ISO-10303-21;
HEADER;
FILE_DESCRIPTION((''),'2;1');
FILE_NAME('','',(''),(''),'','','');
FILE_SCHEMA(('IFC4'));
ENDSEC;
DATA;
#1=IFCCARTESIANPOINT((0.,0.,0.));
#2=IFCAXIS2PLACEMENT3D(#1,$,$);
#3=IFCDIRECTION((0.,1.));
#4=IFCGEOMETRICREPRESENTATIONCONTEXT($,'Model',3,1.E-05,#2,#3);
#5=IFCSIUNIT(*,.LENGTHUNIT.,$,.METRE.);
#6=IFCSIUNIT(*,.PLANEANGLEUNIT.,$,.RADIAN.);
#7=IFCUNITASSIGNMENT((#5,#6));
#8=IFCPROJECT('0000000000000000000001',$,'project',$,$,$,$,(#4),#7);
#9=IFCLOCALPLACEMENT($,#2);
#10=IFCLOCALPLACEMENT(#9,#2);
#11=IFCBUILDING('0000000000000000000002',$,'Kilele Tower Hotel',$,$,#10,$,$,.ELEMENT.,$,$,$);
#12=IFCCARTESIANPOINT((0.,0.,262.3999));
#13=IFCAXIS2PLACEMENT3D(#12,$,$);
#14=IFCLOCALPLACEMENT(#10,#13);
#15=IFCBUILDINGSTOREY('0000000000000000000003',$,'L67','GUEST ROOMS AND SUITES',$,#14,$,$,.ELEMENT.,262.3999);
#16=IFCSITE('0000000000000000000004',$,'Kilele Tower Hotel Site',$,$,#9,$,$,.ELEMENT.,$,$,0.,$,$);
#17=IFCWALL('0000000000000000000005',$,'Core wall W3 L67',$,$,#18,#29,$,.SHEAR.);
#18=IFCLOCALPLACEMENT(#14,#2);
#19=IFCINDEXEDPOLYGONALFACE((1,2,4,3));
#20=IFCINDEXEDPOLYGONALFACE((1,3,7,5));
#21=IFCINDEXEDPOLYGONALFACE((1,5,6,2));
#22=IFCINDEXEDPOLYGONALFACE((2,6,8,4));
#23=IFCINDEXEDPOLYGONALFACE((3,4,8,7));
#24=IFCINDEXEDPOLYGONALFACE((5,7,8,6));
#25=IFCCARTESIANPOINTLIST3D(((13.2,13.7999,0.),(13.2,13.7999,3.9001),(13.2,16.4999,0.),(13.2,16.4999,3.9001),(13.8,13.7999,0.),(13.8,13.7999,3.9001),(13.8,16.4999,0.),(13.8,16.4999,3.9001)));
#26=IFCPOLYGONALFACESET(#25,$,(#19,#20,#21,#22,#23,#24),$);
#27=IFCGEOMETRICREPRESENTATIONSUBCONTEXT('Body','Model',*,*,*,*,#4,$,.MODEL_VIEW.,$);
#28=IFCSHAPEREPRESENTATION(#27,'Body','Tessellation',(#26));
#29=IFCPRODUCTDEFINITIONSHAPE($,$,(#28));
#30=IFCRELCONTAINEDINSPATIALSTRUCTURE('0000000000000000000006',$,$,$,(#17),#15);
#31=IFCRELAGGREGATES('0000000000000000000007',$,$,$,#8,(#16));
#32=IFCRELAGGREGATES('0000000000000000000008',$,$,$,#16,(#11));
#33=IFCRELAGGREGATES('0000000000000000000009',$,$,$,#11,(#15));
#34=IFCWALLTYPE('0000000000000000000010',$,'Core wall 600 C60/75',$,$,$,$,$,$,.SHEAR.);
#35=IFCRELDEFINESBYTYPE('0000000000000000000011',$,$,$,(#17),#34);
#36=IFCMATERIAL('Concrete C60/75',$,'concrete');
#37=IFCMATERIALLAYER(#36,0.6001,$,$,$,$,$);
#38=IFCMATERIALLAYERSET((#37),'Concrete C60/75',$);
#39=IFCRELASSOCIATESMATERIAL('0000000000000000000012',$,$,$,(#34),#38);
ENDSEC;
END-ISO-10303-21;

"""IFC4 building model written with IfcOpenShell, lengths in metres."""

from ifc_helpers import new_model, si_unit, direction, frame, frame_2d, origin, place, context, subcontext, project, spatial, rectangle, extrude, material, layer, layer_set, type_object, element, save


model = new_model("IFC4")

# Units and contexts
model_context = context("Model", 3, precision=1e-05, world=origin(), true_north=direction((0.0, 1.0)))
body_context = subcontext(model_context, "Body", "Model", "MODEL_VIEW")
ifc_project = project(units=[si_unit("LENGTHUNIT", "METRE"), si_unit("PLANEANGLEUNIT", "RADIAN")], contexts=[model_context])

# Site, building, storey
site_placement = place(None, origin())
site = spatial("IfcSite", under=ifc_project, at=site_placement, Name="Kilele Tower Hotel Site", CompositionType="ELEMENT", RefElevation=0.0)
building_placement = place(site_placement, origin())
building = spatial("IfcBuilding", under=site, at=building_placement, Name="Kilele Tower Hotel", CompositionType="ELEMENT")
storey_placement = place(building_placement, frame((0.0, 0.0, 262.3999)))
storey = spatial("IfcBuildingStorey", under=building, at=storey_placement, Name="L67", Description="GUEST ROOMS AND SUITES", CompositionType="ELEMENT", Elevation=262.3999)

# Shared definitions
ifc_material_1 = material(Name="Concrete C60/75", Category="concrete")
ifc_layer = layer(ifc_material_1, 0.6001)
ifc_layer_set = layer_set([ifc_layer], Name="Concrete C60/75")
wall_type = type_object("IfcWallType", Name="Core wall 600 C60/75", PredefinedType="SHEAR", material=ifc_layer_set)

# Wall
wall_1_placement = place(storey_placement, frame((13.5, 16.5, 0.0), z_axis=(0.0, 0.0, 1.0), x_axis=(0.0, -1.0, 0.0)))
element("IfcWall", 1, at=wall_1_placement, inside=storey, type_object=wall_type, Name="Core wall W3 L67", PredefinedType="SHEAR", context=body_context, shape_type="SweptSolid", body=[
    extrude(rectangle(XDim=2.7, YDim=0.6001, at=frame_2d((1.3501, 0.0))), origin(), (0.0, 0.0, 1.0), 3.9001),
])

save(model, "model.ifc")
